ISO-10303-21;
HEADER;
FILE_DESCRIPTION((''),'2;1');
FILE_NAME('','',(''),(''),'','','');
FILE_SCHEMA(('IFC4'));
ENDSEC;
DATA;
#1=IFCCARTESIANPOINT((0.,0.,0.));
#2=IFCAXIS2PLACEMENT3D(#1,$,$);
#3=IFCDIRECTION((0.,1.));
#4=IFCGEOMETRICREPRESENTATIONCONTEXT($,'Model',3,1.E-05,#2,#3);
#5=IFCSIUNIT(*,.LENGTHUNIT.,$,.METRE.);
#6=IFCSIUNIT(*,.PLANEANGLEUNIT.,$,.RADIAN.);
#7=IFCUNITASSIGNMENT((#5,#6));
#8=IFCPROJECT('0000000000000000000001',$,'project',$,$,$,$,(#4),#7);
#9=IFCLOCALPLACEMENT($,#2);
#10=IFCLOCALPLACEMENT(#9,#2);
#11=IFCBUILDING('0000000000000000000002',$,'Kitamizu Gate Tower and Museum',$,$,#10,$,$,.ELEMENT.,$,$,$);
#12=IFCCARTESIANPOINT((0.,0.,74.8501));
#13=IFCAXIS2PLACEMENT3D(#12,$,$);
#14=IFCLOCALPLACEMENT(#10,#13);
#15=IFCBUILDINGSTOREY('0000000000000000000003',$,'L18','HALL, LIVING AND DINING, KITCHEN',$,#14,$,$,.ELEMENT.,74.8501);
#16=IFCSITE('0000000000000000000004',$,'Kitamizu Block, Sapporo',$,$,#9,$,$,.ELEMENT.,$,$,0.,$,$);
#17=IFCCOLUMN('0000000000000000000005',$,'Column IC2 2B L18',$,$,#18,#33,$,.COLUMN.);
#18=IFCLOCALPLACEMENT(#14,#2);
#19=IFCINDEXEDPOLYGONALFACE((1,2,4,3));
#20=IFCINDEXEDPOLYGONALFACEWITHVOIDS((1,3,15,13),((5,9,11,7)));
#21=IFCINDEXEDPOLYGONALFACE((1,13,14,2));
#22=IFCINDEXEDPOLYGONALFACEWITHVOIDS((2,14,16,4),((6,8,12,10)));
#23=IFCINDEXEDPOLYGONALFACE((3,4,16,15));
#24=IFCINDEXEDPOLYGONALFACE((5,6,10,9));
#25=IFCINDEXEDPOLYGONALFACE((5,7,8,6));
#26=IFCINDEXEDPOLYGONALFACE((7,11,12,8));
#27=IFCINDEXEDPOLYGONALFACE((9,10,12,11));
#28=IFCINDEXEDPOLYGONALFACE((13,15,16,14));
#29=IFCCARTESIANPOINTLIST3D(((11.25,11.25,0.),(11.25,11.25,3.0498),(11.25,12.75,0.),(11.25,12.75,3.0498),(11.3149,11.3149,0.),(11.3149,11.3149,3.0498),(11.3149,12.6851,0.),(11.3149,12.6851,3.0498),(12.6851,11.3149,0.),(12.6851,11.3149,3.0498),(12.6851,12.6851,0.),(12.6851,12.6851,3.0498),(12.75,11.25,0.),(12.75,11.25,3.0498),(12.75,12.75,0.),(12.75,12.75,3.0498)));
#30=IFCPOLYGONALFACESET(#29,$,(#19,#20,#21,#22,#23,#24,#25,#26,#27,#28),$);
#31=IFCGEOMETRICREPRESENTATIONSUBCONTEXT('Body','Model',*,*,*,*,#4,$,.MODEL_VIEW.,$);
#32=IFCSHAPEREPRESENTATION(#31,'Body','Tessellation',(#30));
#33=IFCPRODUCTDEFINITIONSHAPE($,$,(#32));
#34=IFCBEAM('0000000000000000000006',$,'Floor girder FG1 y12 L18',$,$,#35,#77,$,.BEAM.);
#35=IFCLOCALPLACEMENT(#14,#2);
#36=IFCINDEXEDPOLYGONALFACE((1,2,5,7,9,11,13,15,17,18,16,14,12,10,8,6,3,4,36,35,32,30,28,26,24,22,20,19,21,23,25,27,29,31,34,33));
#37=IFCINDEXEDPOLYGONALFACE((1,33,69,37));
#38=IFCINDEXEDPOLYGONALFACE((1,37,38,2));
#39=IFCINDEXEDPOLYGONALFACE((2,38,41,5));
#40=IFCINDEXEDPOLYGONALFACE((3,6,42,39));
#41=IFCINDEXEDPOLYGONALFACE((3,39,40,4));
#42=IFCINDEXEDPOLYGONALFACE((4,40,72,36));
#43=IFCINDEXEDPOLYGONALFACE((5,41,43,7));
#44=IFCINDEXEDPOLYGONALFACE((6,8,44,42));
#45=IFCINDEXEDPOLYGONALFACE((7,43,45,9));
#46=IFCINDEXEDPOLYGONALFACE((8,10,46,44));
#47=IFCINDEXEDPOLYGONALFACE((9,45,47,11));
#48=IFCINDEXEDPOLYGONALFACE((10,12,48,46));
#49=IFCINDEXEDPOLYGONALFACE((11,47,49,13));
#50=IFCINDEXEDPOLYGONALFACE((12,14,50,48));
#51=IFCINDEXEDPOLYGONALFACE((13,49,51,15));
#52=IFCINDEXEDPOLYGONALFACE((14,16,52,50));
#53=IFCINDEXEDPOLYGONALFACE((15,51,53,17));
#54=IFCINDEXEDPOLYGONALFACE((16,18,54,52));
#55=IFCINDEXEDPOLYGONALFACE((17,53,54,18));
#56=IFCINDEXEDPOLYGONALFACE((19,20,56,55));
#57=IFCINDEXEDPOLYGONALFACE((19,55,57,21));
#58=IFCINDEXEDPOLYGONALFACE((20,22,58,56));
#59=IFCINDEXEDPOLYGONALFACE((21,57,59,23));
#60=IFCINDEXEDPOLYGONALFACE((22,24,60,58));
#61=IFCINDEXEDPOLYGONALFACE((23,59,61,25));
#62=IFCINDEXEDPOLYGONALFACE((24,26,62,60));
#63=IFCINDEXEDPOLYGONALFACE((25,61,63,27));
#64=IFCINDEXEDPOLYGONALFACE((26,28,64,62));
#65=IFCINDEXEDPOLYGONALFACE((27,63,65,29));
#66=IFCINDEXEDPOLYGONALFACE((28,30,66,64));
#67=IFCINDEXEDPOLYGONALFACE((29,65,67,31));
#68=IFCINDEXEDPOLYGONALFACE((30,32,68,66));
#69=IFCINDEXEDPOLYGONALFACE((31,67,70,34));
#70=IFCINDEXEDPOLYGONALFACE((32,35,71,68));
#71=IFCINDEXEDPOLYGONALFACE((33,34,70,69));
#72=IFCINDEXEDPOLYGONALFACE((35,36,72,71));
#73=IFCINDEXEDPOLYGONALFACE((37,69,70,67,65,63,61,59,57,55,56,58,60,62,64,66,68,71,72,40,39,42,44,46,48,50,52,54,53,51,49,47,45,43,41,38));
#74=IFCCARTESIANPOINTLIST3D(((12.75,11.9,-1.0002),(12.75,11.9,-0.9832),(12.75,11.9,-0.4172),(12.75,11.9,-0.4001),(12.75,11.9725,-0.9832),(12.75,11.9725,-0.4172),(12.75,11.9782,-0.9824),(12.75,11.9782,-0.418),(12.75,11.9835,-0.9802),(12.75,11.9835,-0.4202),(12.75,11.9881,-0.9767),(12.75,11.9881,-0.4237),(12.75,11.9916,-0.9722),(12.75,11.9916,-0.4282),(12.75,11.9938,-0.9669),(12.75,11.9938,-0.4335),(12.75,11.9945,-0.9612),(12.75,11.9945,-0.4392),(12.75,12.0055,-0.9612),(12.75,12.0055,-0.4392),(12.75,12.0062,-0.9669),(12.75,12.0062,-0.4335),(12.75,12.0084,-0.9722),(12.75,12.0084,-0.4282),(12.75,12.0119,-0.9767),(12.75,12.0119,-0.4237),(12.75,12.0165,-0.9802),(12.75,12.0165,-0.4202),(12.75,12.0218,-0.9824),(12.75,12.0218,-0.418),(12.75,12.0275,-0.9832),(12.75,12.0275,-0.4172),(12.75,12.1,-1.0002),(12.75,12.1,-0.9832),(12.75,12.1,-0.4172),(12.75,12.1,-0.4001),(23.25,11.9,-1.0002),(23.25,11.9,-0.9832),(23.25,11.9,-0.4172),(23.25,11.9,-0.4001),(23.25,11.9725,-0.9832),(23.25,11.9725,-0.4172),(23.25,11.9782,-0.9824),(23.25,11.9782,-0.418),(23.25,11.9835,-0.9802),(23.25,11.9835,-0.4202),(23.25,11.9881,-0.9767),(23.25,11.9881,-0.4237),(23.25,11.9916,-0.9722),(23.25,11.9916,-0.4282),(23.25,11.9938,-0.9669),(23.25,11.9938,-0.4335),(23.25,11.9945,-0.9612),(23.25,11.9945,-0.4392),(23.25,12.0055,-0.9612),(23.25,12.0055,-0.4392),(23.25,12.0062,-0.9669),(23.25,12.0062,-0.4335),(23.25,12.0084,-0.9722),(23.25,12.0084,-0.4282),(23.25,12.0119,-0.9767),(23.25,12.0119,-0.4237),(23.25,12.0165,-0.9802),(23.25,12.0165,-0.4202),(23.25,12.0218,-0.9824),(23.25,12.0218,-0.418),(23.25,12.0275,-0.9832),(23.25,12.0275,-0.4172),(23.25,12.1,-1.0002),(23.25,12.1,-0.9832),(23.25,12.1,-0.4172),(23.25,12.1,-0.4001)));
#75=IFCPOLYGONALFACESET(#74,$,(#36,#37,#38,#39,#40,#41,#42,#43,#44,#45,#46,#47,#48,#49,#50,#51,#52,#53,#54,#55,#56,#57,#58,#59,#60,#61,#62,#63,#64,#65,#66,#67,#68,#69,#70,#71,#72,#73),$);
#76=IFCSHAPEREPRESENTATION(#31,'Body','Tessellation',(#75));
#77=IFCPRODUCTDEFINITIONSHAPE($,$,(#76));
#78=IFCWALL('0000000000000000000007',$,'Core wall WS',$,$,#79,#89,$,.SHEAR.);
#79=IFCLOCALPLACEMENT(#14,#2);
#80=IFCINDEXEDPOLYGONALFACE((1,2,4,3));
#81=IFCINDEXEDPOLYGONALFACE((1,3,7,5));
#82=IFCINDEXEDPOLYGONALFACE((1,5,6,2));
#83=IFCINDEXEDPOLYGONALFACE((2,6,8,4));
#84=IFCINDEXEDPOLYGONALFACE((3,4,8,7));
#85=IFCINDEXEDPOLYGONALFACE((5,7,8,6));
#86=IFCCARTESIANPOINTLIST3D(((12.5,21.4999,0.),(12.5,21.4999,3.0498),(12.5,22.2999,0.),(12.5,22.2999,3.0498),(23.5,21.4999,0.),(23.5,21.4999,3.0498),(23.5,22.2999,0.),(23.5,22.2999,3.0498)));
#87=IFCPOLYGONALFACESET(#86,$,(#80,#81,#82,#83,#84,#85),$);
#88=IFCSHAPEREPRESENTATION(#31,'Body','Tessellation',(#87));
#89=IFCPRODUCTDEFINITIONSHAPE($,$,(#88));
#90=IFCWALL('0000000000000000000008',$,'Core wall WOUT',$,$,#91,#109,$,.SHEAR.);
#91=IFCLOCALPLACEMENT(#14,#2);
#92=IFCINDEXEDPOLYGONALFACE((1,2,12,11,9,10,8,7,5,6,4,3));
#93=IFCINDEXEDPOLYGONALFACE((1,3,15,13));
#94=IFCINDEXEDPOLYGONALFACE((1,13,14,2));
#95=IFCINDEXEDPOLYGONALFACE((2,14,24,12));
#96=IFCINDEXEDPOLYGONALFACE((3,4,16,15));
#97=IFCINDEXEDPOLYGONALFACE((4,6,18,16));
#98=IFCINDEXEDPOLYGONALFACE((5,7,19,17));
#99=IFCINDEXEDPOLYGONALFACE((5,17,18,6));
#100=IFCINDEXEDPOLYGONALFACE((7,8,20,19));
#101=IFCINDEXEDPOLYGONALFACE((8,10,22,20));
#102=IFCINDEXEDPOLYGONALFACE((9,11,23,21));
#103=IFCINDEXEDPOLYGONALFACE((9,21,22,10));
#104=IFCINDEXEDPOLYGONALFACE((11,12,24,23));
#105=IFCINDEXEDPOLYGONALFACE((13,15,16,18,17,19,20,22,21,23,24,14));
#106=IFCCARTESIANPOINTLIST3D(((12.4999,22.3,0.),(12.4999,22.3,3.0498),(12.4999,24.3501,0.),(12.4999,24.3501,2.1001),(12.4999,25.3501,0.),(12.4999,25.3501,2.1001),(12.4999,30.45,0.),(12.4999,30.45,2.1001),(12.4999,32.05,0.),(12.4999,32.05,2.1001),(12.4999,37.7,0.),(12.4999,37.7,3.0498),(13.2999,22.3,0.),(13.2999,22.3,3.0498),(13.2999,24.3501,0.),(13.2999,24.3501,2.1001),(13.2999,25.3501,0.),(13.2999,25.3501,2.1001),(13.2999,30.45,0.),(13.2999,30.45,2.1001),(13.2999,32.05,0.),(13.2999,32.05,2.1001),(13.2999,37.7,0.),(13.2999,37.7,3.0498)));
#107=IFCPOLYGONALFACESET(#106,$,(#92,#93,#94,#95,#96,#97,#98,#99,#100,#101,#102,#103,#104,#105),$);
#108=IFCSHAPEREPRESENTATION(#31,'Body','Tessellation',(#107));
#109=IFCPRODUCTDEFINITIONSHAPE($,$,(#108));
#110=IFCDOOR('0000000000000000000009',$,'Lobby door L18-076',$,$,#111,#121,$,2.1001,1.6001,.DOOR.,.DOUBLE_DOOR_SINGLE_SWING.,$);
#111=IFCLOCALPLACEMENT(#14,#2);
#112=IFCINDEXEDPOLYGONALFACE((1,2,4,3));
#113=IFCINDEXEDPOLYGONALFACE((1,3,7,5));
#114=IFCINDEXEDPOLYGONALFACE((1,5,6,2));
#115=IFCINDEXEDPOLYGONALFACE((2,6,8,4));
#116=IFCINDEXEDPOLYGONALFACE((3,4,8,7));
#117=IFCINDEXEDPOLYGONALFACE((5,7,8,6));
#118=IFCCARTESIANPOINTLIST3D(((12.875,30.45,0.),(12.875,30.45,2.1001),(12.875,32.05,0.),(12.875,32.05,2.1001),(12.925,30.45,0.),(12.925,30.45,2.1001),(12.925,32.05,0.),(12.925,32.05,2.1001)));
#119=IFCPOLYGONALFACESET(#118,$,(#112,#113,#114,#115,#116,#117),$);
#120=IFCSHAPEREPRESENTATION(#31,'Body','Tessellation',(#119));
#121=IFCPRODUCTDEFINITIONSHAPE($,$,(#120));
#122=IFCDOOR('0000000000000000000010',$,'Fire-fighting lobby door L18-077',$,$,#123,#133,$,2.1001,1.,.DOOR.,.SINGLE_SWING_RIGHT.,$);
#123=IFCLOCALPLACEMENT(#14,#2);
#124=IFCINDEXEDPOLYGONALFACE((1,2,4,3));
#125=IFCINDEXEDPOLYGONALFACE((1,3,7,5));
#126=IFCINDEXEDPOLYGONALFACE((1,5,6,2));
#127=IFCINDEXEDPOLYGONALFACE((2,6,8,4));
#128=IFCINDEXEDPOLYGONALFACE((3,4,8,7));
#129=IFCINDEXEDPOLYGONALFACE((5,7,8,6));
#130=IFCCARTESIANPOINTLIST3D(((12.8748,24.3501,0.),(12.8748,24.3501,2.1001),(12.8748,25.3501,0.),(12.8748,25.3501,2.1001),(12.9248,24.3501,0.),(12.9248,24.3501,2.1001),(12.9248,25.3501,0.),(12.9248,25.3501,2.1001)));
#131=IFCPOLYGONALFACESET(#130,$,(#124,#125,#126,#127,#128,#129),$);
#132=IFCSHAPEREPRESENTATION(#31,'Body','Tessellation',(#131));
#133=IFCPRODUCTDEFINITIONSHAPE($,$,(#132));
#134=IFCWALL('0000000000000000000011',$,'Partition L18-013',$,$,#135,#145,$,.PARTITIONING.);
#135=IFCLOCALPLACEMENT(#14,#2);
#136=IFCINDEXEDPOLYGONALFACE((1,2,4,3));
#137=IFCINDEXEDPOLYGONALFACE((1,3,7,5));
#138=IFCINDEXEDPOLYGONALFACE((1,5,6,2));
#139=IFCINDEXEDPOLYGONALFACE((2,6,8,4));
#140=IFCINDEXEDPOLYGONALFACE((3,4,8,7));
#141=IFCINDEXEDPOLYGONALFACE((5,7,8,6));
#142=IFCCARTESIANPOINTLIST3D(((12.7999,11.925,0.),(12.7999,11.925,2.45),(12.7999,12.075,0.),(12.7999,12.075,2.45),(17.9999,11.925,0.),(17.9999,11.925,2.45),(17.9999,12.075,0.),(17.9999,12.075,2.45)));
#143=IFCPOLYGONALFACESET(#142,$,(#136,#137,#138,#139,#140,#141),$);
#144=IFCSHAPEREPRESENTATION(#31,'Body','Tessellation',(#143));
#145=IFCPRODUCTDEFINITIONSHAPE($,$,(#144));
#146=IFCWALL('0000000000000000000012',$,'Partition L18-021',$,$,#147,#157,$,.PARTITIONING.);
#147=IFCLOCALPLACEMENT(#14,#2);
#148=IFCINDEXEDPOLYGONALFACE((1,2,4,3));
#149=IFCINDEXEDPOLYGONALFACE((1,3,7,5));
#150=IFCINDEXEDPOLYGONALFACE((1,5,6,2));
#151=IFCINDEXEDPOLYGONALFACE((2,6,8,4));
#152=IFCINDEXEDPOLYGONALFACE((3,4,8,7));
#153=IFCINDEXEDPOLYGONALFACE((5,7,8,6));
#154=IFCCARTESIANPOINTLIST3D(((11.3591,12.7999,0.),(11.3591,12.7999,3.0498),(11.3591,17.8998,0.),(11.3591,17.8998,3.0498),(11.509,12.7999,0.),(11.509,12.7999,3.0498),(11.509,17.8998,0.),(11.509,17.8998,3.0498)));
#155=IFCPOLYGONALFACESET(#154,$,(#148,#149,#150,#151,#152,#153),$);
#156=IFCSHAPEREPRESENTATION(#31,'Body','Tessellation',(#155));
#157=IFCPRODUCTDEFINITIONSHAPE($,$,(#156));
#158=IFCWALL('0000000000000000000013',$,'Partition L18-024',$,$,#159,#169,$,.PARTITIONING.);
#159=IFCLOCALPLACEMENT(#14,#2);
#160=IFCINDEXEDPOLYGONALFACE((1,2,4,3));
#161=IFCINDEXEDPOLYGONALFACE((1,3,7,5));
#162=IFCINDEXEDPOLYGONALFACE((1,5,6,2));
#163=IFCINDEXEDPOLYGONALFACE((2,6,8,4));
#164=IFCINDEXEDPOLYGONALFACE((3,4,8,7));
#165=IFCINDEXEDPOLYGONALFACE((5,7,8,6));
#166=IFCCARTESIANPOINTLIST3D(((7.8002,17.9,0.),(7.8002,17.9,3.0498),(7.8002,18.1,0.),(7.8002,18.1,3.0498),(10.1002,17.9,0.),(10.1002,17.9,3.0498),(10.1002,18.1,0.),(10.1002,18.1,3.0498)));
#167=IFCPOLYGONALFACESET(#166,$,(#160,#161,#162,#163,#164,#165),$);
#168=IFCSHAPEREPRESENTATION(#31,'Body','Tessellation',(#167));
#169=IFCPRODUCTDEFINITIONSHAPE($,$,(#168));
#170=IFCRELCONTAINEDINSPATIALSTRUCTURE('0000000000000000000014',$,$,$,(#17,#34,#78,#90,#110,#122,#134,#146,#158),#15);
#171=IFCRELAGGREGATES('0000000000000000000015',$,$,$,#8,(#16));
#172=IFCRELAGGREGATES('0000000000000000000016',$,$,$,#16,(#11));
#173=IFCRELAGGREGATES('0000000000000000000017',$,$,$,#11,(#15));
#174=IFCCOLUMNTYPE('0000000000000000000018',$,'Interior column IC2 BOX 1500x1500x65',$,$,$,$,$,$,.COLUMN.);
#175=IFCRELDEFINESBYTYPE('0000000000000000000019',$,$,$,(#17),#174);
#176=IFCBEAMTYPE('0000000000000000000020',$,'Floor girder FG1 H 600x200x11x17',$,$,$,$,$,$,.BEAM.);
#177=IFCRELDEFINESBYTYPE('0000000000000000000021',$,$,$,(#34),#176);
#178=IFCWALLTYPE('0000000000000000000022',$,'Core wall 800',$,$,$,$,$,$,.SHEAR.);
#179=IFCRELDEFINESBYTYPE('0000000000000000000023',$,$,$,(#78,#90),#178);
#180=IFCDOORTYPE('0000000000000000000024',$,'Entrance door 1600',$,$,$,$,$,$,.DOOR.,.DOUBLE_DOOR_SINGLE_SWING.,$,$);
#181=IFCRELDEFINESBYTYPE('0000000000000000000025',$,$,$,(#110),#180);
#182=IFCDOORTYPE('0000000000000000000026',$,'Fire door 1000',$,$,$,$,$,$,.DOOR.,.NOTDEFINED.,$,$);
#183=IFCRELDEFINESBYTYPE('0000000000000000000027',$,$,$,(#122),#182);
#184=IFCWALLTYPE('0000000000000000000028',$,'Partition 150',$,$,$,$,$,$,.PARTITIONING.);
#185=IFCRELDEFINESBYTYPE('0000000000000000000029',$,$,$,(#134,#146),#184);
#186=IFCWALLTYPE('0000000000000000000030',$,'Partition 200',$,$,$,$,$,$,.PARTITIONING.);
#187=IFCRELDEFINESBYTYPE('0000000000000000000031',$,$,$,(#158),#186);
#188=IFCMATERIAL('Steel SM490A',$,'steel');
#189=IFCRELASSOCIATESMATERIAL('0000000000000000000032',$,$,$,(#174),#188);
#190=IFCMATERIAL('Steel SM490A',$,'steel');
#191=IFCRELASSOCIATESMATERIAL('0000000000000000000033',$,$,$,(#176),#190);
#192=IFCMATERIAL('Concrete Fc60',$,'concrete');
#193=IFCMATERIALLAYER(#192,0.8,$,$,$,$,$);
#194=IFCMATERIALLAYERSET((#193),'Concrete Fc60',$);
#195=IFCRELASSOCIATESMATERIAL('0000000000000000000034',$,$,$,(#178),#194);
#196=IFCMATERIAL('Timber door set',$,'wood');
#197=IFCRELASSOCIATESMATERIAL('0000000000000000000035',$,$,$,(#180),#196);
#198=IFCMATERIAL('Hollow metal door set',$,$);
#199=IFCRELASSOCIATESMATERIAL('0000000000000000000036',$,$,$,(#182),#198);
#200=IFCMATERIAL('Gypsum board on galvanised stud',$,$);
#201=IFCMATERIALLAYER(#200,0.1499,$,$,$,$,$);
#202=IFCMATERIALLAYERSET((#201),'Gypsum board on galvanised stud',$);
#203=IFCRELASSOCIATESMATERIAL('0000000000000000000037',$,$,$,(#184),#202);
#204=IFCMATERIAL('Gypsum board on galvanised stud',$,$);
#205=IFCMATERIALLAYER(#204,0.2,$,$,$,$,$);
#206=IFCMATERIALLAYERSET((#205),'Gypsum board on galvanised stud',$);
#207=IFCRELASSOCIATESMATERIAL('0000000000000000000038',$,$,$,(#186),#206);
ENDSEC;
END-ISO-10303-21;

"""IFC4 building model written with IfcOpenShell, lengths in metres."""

from ifc_helpers import new_model, si_unit, direction, frame, frame_2d, origin, origin_2d, place, context, subcontext, project, spatial, rectangle, hollow_rectangle, i_section, extrude, material, layer, layer_set, material_profile, profile_set, type_object, element, fill, save


model = new_model("IFC4")

# Units and contexts
model_context = context("Model", 3, precision=1e-05, world=origin(), true_north=direction((0.0, 1.0)))
body_context = subcontext(model_context, "Body", "Model", "MODEL_VIEW")
ifc_project = project(units=[si_unit("LENGTHUNIT", "METRE"), si_unit("PLANEANGLEUNIT", "RADIAN")], contexts=[model_context])

# Site, building, storey
site_placement = place(None, origin())
site = spatial("IfcSite", under=ifc_project, at=site_placement, Name="Kitamizu Block, Sapporo", CompositionType="ELEMENT", RefElevation=0.0)
building_placement = place(site_placement, origin())
building = spatial("IfcBuilding", under=site, at=building_placement, Name="Kitamizu Gate Tower and Museum", CompositionType="ELEMENT")
storey_placement = place(building_placement, frame((0.0, 0.0, 74.8501)))
storey = spatial("IfcBuildingStorey", under=building, at=storey_placement, Name="L18", Description="HALL, LIVING AND DINING, KITCHEN", CompositionType="ELEMENT", Elevation=74.8501)

# Column
ifc_material_1 = material(Name="Steel SM490A", Category="steel")
ifc_material_profile_1 = material_profile(ifc_material_1, hollow_rectangle(XDim=1.5, YDim=1.5, WallThickness=0.0649, at=origin_2d()), Name="BOX 1500x1500x65")
ifc_profile_set_1 = profile_set([ifc_material_profile_1], Name="Steel SM490A")
column_type = type_object("IfcColumnType", Name="Interior column IC2 BOX 1500x1500x65", PredefinedType="COLUMN", material=ifc_profile_set_1)
column_placement = place(storey_placement, frame((12.0, 12.0, 0.0), z_axis=(0.0, 0.0, 1.0), x_axis=(1.0, 0.0, 0.0)))
element("IfcColumn", 1, at=column_placement, inside=storey, type_object=column_type, Name="Column IC2 2B L18", PredefinedType="COLUMN", context=body_context, shape_type="SweptSolid", body=[
    extrude(hollow_rectangle(XDim=1.5, YDim=1.5, WallThickness=0.0649, at=origin_2d()), origin(), (0.0, 0.0, 1.0), 3.0498),
])

# Beam
ifc_material_2 = material(Name="Steel SM490A", Category="steel")
ifc_material_profile_2 = material_profile(ifc_material_2, i_section(OverallWidth=0.2, OverallDepth=0.6001, WebThickness=0.011, FlangeThickness=0.0171, FilletRadius=0.022, at=origin_2d()), Name="H-600x200x11x17")
ifc_profile_set_2 = profile_set([ifc_material_profile_2], Name="Steel SM490A")
beam_type = type_object("IfcBeamType", Name="Floor girder FG1 H 600x200x11x17", PredefinedType="BEAM", material=ifc_profile_set_2)
beam_placement = place(storey_placement, frame((12.75, 12.0, -0.7002), z_axis=(1.0, 0.0, 0.0), x_axis=(0.0, 1.0, 0.0)))
element("IfcBeam", 2, at=beam_placement, inside=storey, type_object=beam_type, Name="Floor girder FG1 y12 L18", PredefinedType="BEAM", context=body_context, shape_type="SweptSolid", body=[
    extrude(i_section(OverallWidth=0.2, OverallDepth=0.6001, WebThickness=0.011, FlangeThickness=0.0171, FilletRadius=0.022, at=origin_2d()), origin(), (0.0, 0.0, 1.0), 10.5),
])

# Wall
ifc_material_3 = material(Name="Concrete Fc60", Category="concrete")
ifc_layer_1 = layer(ifc_material_3, 0.8)
ifc_layer_set_1 = layer_set([ifc_layer_1], Name="Concrete Fc60")
wall_type_1 = type_object("IfcWallType", Name="Core wall 800", PredefinedType="SHEAR", material=ifc_layer_set_1)
wall_1_placement = place(storey_placement, frame((12.5, 21.8999, 0.0), z_axis=(0.0, 0.0, 1.0), x_axis=(1.0, 0.0, 0.0)))
element("IfcWall", 3, at=wall_1_placement, inside=storey, type_object=wall_type_1, Name="Core wall WS", PredefinedType="SHEAR", context=body_context, shape_type="SweptSolid", body=[
    extrude(rectangle(XDim=11.0, YDim=0.8, at=frame_2d((5.5, 0.0))), origin(), (0.0, 0.0, 1.0), 3.0498),
])

# Wall, openings, doors
wall_2_placement = place(storey_placement, frame((12.8999, 22.3, 0.0), z_axis=(0.0, 0.0, 1.0), x_axis=(0.0, 1.0, 0.0)))
wall_2 = element("IfcWall", 4, at=wall_2_placement, inside=storey, type_object=wall_type_1, Name="Core wall WOUT", PredefinedType="SHEAR", context=body_context, shape_type="SweptSolid", body=[
    extrude(rectangle(XDim=15.3999, YDim=0.8, at=frame_2d((7.7, 0.0))), origin(), (0.0, 0.0, 1.0), 3.0498),
])
opening_1_placement = place(wall_2_placement, frame((8.1499, 0.0, 0.0)))
opening_1 = element("IfcOpeningElement", 5, at=opening_1_placement, cuts=wall_2, PredefinedType="OPENING", context=body_context, shape_type="SweptSolid", body=[
    extrude(rectangle(XDim=1.6001, YDim=2.1001, at=frame_2d((0.8, 1.05))), frame((0.0, 0.4102, 0.0), z_axis=(0.0, -1.0, 0.0), x_axis=(1.0, 0.0, 0.0)), (0.0, 0.0, 1.0), 0.8201),
])
opening_2_placement = place(wall_2_placement, frame((2.05, 0.0, 0.0)))
opening_2 = element("IfcOpeningElement", 6, at=opening_2_placement, cuts=wall_2, PredefinedType="OPENING", context=body_context, shape_type="SweptSolid", body=[
    extrude(rectangle(XDim=1.0, YDim=2.1001, at=frame_2d((0.5, 1.05))), frame((0.0, 0.4102, 0.0), z_axis=(0.0, -1.0, 0.0), x_axis=(1.0, 0.0, 0.0)), (0.0, 0.0, 1.0), 0.8201),
])
ifc_material_4 = material(Name="Timber door set", Category="wood")
door_type_1 = type_object("IfcDoorType", Name="Entrance door 1600", OperationType="DOUBLE_DOOR_SINGLE_SWING", PredefinedType="DOOR", material=ifc_material_4)
door_1_placement = place(opening_1_placement, origin())
door_1 = element("IfcDoor", 7, at=door_1_placement, inside=storey, type_object=door_type_1, Name="Lobby door L18-076", OperationType="DOUBLE_DOOR_SINGLE_SWING", OverallHeight=2.1001, OverallWidth=1.6001, PredefinedType="DOOR", context=body_context, shape_type="SweptSolid", body=[
    extrude(rectangle(XDim=1.6001, YDim=2.1001, at=frame_2d((0.8, 1.05))), frame((0.0, 0.0249, 0.0), z_axis=(0.0, -1.0, 0.0), x_axis=(1.0, 0.0, 0.0)), (0.0, 0.0, 1.0), 0.05),
])
fill(opening_1, door_1)
ifc_material_5 = material(Name="Hollow metal door set")
door_type_2 = type_object("IfcDoorType", Name="Fire door 1000", OperationType="NOTDEFINED", PredefinedType="DOOR", material=ifc_material_5)
door_2_placement = place(opening_2_placement, frame((1.0, 0.0, 0.0), x_axis=(-1.0, 0.0, 0.0)))
door_2 = element("IfcDoor", 8, at=door_2_placement, inside=storey, type_object=door_type_2, Name="Fire-fighting lobby door L18-077", OperationType="SINGLE_SWING_RIGHT", OverallHeight=2.1001, OverallWidth=1.0, PredefinedType="DOOR", context=body_context, shape_type="SweptSolid", body=[
    extrude(rectangle(XDim=1.0, YDim=2.1001, at=frame_2d((0.5, 1.05))), frame((0.0, 0.0249, 0.0), z_axis=(0.0, -1.0, 0.0), x_axis=(1.0, 0.0, 0.0)), (0.0, 0.0, 1.0), 0.05),
])
fill(opening_2, door_2)

# Walls
ifc_material_6 = material(Name="Gypsum board on galvanised stud")
ifc_layer_2 = layer(ifc_material_6, 0.1499)
ifc_layer_set_2 = layer_set([ifc_layer_2], Name="Gypsum board on galvanised stud")
wall_type_2 = type_object("IfcWallType", Name="Partition 150", PredefinedType="PARTITIONING", material=ifc_layer_set_2)
wall_3_placement = place(storey_placement, frame((18.0, 12.0, 0.0), z_axis=(0.0, 0.0, 1.0), x_axis=(-1.0, 0.0, 0.0)))
element("IfcWall", 9, at=wall_3_placement, inside=storey, type_object=wall_type_2, Name="Partition L18-013", PredefinedType="PARTITIONING", context=body_context, shape_type="SweptSolid", body=[
    extrude(rectangle(XDim=5.2, YDim=0.1499, at=frame_2d((2.6001, 0.0))), origin(), (0.0, 0.0, 1.0), 2.45),
])
wall_4_placement = place(storey_placement, frame((11.4341, 12.8, 0.0), z_axis=(0.0, 0.0, 1.0), x_axis=(0.0, 1.0, 0.0)))
element("IfcWall", 10, at=wall_4_placement, inside=storey, type_object=wall_type_2, Name="Partition L18-021", PredefinedType="PARTITIONING", context=body_context, shape_type="SweptSolid", body=[
    extrude(rectangle(XDim=5.0999, YDim=0.1499, at=frame_2d((2.5498, 0.0))), origin(), (0.0, 0.0, 1.0), 3.0498),
])
ifc_material_7 = material(Name="Gypsum board on galvanised stud")
ifc_layer_3 = layer(ifc_material_7, 0.2)
ifc_layer_set_3 = layer_set([ifc_layer_3], Name="Gypsum board on galvanised stud")
wall_type_3 = type_object("IfcWallType", Name="Partition 200", PredefinedType="PARTITIONING", material=ifc_layer_set_3)
wall_5_placement = place(storey_placement, frame((10.1001, 18.0, 0.0), z_axis=(0.0, 0.0, 1.0), x_axis=(-1.0, 0.0, 0.0)))
element("IfcWall", 11, at=wall_5_placement, inside=storey, type_object=wall_type_3, Name="Partition L18-024", PredefinedType="PARTITIONING", context=body_context, shape_type="SweptSolid", body=[
    extrude(rectangle(XDim=2.3, YDim=0.2, at=frame_2d((1.1499, 0.0))), origin(), (0.0, 0.0, 1.0), 3.0498),
])

save(model, "model.ifc")
